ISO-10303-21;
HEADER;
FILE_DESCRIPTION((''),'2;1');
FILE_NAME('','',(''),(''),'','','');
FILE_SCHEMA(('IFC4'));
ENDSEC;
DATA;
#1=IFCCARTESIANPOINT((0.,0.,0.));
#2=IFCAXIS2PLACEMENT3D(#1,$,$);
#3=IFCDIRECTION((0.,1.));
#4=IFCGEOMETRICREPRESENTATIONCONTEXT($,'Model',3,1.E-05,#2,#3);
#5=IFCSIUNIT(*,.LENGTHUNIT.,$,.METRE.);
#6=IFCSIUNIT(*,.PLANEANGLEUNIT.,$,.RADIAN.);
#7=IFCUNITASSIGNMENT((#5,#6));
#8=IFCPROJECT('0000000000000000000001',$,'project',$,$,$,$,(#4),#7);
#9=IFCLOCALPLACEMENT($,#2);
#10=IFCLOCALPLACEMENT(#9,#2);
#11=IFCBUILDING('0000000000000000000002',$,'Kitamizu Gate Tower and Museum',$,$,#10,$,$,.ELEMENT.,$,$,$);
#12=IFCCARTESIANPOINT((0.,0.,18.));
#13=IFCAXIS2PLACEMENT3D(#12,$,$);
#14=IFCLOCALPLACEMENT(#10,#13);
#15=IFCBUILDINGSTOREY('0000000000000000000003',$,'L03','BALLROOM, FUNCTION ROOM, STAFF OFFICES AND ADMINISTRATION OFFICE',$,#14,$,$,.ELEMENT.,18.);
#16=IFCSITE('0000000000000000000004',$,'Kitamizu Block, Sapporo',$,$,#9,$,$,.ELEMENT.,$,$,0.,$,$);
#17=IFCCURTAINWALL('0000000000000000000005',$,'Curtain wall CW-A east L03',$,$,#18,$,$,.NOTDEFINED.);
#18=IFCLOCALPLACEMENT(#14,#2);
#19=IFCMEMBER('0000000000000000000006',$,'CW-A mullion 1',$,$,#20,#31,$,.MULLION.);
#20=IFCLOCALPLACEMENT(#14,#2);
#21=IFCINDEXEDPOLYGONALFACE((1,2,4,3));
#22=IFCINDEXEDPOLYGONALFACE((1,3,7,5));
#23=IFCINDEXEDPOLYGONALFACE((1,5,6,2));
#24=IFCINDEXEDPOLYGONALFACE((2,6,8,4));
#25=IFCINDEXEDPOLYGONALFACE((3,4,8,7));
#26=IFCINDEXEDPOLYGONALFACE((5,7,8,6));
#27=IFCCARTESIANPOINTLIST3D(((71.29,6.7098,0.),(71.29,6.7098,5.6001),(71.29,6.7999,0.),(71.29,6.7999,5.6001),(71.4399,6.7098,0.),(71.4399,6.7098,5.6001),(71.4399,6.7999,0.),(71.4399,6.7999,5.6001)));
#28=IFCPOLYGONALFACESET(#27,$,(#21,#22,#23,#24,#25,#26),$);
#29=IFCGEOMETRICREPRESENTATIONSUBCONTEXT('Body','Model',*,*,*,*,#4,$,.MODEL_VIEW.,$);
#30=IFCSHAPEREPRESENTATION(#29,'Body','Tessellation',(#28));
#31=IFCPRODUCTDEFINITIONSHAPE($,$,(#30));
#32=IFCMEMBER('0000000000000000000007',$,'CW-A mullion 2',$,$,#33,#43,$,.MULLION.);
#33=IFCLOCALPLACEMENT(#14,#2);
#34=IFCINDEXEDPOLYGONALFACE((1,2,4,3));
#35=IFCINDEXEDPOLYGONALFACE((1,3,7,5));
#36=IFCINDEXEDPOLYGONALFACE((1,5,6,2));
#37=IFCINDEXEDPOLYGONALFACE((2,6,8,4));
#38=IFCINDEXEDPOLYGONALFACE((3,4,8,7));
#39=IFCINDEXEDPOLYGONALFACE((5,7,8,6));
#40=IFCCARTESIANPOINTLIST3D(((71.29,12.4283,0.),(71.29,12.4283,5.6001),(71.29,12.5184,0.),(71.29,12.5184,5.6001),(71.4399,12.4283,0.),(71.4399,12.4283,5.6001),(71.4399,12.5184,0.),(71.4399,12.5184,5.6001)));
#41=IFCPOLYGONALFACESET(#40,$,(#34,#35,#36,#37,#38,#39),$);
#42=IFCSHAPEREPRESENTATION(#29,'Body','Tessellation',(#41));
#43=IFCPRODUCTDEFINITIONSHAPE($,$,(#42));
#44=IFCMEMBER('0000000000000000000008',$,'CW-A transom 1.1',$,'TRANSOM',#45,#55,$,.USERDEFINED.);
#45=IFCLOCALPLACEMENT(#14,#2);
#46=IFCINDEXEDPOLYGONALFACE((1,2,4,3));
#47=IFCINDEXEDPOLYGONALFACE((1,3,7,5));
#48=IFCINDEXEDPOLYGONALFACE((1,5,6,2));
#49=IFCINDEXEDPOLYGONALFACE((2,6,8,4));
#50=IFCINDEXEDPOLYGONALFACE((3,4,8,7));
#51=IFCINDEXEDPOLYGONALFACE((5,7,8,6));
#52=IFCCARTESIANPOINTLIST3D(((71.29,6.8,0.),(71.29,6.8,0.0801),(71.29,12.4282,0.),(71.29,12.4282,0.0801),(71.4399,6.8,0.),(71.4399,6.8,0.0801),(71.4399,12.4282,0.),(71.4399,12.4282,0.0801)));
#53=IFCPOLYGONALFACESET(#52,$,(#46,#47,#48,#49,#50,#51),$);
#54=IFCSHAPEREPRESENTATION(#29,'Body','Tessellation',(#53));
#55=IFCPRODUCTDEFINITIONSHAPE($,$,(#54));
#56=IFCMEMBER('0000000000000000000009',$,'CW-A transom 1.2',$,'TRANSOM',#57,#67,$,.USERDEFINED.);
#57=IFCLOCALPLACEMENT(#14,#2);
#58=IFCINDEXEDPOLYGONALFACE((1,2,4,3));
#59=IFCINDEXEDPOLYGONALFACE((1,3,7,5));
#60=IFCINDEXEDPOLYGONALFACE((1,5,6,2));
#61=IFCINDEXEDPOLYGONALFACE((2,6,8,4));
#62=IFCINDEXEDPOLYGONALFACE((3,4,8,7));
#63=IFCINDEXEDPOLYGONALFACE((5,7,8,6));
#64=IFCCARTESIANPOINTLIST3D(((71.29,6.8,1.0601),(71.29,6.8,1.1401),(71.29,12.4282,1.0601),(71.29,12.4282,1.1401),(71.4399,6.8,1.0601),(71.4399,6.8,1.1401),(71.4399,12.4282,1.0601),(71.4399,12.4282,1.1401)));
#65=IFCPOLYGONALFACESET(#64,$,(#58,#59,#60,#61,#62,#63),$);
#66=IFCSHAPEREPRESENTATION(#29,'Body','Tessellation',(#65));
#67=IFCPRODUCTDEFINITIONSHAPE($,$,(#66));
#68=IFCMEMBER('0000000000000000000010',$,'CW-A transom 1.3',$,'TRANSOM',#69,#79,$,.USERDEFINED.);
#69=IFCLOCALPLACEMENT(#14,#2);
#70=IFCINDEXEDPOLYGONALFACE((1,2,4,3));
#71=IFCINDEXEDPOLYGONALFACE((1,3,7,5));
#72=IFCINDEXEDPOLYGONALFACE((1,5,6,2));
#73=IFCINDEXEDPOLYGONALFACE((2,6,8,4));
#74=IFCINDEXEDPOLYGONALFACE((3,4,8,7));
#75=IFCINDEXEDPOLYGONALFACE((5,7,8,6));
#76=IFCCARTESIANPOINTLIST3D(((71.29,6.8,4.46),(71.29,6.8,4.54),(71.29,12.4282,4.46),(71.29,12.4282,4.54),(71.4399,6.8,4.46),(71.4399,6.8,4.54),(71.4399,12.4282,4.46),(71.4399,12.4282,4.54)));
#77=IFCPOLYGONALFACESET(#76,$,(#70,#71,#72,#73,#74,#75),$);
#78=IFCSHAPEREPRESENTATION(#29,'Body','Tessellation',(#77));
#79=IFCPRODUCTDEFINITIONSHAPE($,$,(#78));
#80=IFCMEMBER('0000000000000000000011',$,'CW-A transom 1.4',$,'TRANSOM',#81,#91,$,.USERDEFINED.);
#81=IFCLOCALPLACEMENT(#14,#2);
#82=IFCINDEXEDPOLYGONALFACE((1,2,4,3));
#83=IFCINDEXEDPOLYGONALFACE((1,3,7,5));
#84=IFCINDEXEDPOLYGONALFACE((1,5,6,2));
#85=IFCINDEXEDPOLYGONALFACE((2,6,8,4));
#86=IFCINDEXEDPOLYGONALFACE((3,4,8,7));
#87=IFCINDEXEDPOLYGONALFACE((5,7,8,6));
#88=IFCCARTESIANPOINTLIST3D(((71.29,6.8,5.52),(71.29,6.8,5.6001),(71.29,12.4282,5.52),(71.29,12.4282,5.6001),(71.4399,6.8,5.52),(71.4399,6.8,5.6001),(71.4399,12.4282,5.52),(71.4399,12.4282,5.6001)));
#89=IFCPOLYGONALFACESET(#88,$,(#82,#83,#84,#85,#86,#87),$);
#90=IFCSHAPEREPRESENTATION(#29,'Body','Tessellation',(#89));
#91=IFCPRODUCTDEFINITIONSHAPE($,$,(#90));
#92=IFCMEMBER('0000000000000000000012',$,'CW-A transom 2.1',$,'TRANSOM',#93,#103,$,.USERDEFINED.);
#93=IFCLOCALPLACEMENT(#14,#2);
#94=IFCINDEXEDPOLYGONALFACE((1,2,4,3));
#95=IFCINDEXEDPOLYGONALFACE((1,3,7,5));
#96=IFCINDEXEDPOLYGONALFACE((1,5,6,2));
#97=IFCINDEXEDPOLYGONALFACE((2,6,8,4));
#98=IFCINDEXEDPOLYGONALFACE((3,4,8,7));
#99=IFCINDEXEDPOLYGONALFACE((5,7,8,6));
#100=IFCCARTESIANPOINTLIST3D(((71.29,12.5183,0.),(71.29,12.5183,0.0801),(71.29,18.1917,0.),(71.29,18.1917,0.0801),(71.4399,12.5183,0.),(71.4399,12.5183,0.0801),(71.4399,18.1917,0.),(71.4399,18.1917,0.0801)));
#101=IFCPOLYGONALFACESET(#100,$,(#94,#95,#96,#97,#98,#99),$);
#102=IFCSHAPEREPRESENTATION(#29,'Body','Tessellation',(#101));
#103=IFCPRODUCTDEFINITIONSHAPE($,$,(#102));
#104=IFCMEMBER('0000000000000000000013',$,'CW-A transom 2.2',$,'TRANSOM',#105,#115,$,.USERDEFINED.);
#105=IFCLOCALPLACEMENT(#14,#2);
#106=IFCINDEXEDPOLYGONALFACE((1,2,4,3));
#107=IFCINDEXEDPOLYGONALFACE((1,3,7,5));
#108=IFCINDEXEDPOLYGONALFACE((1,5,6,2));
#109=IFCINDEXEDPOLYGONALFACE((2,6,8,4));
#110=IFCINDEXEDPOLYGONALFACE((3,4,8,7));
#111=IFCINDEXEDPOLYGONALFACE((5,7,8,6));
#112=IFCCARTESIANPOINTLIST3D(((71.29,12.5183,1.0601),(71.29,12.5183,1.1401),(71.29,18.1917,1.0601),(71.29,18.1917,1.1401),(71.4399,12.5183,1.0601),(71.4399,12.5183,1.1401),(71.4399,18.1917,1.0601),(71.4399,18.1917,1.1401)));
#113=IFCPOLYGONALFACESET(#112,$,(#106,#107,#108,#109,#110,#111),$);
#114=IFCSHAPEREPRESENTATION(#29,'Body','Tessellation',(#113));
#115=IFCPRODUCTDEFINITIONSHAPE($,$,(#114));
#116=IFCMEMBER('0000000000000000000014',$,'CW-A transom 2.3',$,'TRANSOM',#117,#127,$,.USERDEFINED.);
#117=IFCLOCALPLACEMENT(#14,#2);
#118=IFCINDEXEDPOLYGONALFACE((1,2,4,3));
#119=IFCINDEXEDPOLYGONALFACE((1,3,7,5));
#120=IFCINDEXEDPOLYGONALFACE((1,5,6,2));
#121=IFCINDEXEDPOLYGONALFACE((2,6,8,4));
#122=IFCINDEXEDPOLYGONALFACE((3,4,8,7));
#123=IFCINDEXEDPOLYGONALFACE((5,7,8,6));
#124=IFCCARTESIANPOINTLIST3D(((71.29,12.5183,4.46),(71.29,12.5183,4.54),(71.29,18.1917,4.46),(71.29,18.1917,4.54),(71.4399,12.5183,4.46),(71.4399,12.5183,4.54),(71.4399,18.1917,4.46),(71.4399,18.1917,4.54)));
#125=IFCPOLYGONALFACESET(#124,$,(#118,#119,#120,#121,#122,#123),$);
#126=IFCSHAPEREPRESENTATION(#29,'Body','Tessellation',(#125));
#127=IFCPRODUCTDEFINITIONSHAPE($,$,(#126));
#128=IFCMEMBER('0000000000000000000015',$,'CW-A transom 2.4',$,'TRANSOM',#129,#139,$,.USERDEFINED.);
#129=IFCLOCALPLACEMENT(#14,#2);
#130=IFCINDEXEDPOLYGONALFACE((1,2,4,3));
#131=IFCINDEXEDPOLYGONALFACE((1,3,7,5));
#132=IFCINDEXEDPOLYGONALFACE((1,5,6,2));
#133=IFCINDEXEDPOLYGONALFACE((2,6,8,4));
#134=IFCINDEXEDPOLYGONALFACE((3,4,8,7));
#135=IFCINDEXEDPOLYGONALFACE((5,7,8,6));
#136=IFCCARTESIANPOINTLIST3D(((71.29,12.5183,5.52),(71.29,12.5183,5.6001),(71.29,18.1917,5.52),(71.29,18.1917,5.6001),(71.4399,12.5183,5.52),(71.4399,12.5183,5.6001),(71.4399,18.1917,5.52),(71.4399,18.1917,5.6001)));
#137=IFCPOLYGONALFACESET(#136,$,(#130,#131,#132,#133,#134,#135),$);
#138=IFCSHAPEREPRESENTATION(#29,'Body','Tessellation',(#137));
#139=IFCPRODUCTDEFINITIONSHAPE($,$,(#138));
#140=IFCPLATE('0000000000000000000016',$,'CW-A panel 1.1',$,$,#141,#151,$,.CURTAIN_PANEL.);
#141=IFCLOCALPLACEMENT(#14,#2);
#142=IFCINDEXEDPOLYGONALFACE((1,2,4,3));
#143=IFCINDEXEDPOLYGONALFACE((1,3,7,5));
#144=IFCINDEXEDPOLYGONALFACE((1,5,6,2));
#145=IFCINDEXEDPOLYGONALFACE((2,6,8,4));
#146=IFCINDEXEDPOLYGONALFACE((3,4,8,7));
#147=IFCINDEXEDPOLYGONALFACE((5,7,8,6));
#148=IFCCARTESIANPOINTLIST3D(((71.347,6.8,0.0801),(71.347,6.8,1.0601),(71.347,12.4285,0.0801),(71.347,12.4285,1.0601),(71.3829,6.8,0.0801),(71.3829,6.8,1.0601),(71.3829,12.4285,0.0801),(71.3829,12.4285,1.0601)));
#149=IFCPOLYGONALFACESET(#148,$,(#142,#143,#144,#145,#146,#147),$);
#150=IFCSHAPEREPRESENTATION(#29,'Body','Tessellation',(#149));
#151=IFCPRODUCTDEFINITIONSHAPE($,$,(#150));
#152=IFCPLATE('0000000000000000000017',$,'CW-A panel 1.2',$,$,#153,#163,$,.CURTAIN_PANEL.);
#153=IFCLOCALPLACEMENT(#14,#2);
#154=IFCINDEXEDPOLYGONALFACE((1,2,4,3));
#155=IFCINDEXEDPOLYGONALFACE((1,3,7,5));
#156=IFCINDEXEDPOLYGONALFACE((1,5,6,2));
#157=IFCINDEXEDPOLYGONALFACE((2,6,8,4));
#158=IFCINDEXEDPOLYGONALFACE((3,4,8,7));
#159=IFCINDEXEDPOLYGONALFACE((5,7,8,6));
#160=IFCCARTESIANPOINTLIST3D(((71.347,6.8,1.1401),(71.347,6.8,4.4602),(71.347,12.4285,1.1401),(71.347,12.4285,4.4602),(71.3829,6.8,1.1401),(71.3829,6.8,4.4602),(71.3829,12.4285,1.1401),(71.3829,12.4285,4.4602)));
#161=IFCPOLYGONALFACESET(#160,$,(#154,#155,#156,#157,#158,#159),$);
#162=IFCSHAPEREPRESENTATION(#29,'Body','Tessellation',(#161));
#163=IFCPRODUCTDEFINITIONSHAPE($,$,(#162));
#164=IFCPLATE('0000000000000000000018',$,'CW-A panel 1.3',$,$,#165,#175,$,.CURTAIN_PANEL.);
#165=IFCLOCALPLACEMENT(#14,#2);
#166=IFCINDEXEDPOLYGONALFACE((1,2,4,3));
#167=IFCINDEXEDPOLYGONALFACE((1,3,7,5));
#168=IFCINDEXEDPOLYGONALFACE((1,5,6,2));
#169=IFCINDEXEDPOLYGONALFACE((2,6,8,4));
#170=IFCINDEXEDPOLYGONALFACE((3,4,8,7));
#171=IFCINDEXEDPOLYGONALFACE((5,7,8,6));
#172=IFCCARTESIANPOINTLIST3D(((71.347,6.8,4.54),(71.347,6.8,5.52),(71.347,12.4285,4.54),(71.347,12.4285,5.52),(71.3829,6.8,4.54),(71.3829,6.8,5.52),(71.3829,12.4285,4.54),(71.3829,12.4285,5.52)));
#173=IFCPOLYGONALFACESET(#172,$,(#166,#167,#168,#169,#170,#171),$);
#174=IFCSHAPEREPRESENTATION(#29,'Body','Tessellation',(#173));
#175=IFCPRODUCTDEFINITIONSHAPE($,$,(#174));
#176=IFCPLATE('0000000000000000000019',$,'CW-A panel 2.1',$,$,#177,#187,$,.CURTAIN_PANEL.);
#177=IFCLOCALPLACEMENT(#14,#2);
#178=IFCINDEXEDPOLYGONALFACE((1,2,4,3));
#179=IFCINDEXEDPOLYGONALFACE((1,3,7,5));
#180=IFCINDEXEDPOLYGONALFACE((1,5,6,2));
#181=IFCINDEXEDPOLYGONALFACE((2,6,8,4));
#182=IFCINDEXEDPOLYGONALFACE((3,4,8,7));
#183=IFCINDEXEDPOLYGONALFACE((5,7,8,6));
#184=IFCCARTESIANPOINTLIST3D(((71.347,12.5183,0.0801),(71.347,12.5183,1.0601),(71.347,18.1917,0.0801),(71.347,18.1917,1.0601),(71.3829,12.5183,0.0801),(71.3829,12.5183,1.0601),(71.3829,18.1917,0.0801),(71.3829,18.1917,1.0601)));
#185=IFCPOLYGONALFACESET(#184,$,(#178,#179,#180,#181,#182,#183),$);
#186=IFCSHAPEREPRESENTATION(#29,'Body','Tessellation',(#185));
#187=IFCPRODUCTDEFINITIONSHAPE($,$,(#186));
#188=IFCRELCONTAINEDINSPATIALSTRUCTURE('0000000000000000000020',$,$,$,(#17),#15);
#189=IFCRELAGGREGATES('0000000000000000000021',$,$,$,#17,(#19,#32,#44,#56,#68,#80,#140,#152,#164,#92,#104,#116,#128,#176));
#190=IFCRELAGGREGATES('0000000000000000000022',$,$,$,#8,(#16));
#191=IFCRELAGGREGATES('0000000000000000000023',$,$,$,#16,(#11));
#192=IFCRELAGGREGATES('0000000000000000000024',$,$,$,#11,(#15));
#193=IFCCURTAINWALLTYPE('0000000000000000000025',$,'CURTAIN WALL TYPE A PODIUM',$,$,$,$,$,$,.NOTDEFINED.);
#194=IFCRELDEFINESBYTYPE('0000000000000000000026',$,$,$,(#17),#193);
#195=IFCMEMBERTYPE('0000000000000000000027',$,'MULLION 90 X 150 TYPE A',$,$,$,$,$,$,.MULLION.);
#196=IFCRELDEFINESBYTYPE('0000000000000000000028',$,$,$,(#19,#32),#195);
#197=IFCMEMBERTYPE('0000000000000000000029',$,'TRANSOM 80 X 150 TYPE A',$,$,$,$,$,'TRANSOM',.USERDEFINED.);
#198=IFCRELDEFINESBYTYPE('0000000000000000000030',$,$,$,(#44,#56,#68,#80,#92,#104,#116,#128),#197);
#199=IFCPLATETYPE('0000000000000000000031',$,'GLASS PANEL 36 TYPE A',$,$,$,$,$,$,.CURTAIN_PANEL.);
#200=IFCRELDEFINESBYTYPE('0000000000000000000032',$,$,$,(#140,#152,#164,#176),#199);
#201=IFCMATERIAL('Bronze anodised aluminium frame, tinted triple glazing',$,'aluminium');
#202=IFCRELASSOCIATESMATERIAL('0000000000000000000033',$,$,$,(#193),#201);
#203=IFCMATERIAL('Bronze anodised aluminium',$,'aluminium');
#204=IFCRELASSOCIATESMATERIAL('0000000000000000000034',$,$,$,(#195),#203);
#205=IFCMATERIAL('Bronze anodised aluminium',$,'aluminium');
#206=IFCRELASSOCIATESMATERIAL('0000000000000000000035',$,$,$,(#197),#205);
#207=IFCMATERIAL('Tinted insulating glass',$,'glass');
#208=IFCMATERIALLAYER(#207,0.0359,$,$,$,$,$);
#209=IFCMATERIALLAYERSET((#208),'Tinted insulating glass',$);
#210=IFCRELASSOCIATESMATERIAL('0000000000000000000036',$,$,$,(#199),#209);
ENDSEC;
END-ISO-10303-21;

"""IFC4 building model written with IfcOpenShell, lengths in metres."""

from ifc_helpers import new_model, si_unit, direction, frame, origin, origin_2d, place, context, subcontext, project, spatial, rectangle, extrude, material, layer, layer_set, material_profile, profile_set, type_object, element, aggregate, save


model = new_model("IFC4")

# Units and contexts
model_context = context("Model", 3, precision=1e-05, world=origin(), true_north=direction((0.0, 1.0)))
body_context = subcontext(model_context, "Body", "Model", "MODEL_VIEW")
ifc_project = project(units=[si_unit("LENGTHUNIT", "METRE"), si_unit("PLANEANGLEUNIT", "RADIAN")], contexts=[model_context])

# Site, building, storey
site_placement = place(None, origin())
site = spatial("IfcSite", under=ifc_project, at=site_placement, Name="Kitamizu Block, Sapporo", CompositionType="ELEMENT", RefElevation=0.0)
building_placement = place(site_placement, origin())
building = spatial("IfcBuilding", under=site, at=building_placement, Name="Kitamizu Gate Tower and Museum", CompositionType="ELEMENT")
storey_placement = place(building_placement, frame((0.0, 0.0, 18.0)))
storey = spatial("IfcBuildingStorey", under=building, at=storey_placement, Name="L03", Description="BALLROOM, FUNCTION ROOM, STAFF OFFICES AND ADMINISTRATION OFFICE", CompositionType="ELEMENT", Elevation=18.0)

# Curtain wall, members, plates
ifc_material_1 = material(Name="Bronze anodised aluminium frame, tinted triple glazing", Category="aluminium")
curtain_wall_type = type_object("IfcCurtainWallType", Name="CURTAIN WALL TYPE A PODIUM", PredefinedType="NOTDEFINED", material=ifc_material_1)
curtain_wall_placement = place(storey_placement, origin())
curtain_wall = element("IfcCurtainWall", 1, at=curtain_wall_placement, inside=storey, type_object=curtain_wall_type, Name="Curtain wall CW-A east L03", PredefinedType="NOTDEFINED")
ifc_material_2 = material(Name="Bronze anodised aluminium", Category="aluminium")
ifc_material_profile_1 = material_profile(ifc_material_2, rectangle(XDim=0.0901, YDim=0.1499, at=origin_2d()), Name="AL 90X150")
ifc_profile_set_1 = profile_set([ifc_material_profile_1], Name="Bronze anodised aluminium")
member_type_1 = type_object("IfcMemberType", Name="MULLION 90 X 150 TYPE A", PredefinedType="MULLION", material=ifc_profile_set_1)
member_1_placement = place(storey_placement, frame((71.365, 6.7549, 0.0), z_axis=(0.0, 0.0, 1.0), x_axis=(0.0, 1.0, 0.0)))
member_1 = element("IfcMember", 2, at=member_1_placement, type_object=member_type_1, Name="CW-A mullion 1", PredefinedType="MULLION", context=body_context, shape_type="SweptSolid", body=[
    extrude(rectangle(XDim=0.0901, YDim=0.1499, at=origin_2d()), origin(), (0.0, 0.0, 1.0), 5.6001),
])
member_2_placement = place(storey_placement, frame((71.365, 12.4734, 0.0), z_axis=(0.0, 0.0, 1.0), x_axis=(0.0, 1.0, 0.0)))
member_2 = element("IfcMember", 3, at=member_2_placement, type_object=member_type_1, Name="CW-A mullion 2", PredefinedType="MULLION", context=body_context, shape_type="SweptSolid", body=[
    extrude(rectangle(XDim=0.0901, YDim=0.1499, at=origin_2d()), origin(), (0.0, 0.0, 1.0), 5.6001),
])
ifc_material_3 = material(Name="Bronze anodised aluminium", Category="aluminium")
ifc_material_profile_2 = material_profile(ifc_material_3, rectangle(XDim=0.1499, YDim=0.0801, at=origin_2d()), Name="AL 80X150")
ifc_profile_set_2 = profile_set([ifc_material_profile_2], Name="Bronze anodised aluminium")
member_type_2 = type_object("IfcMemberType", Name="TRANSOM 80 X 150 TYPE A", ElementType="TRANSOM", PredefinedType="USERDEFINED", material=ifc_profile_set_2)
member_3_placement = place(storey_placement, frame((71.365, 6.8, 0.04), z_axis=(0.0, 1.0, 0.0), x_axis=(-1.0, 0.0, 0.0)))
member_3 = element("IfcMember", 4, at=member_3_placement, type_object=member_type_2, Name="CW-A transom 1.1", ObjectType="TRANSOM", PredefinedType="USERDEFINED", context=body_context, shape_type="SweptSolid", body=[
    extrude(rectangle(XDim=0.1499, YDim=0.0801, at=origin_2d()), origin(), (0.0, 0.0, 1.0), 5.6282),
])
member_4_placement = place(storey_placement, frame((71.365, 6.8, 1.1001), z_axis=(0.0, 1.0, 0.0), x_axis=(-1.0, 0.0, 0.0)))
member_4 = element("IfcMember", 5, at=member_4_placement, type_object=member_type_2, Name="CW-A transom 1.2", ObjectType="TRANSOM", PredefinedType="USERDEFINED", context=body_context, shape_type="SweptSolid", body=[
    extrude(rectangle(XDim=0.1499, YDim=0.0801, at=origin_2d()), origin(), (0.0, 0.0, 1.0), 5.6282),
])
member_5_placement = place(storey_placement, frame((71.365, 6.8, 4.5), z_axis=(0.0, 1.0, 0.0), x_axis=(-1.0, 0.0, 0.0)))
member_5 = element("IfcMember", 6, at=member_5_placement, type_object=member_type_2, Name="CW-A transom 1.3", ObjectType="TRANSOM", PredefinedType="USERDEFINED", context=body_context, shape_type="SweptSolid", body=[
    extrude(rectangle(XDim=0.1499, YDim=0.0801, at=origin_2d()), origin(), (0.0, 0.0, 1.0), 5.6282),
])
member_6_placement = place(storey_placement, frame((71.365, 6.8, 5.5601), z_axis=(0.0, 1.0, 0.0), x_axis=(-1.0, 0.0, 0.0)))
member_6 = element("IfcMember", 7, at=member_6_placement, type_object=member_type_2, Name="CW-A transom 1.4", ObjectType="TRANSOM", PredefinedType="USERDEFINED", context=body_context, shape_type="SweptSolid", body=[
    extrude(rectangle(XDim=0.1499, YDim=0.0801, at=origin_2d()), origin(), (0.0, 0.0, 1.0), 5.6282),
])
member_7_placement = place(storey_placement, frame((71.365, 12.5183, 0.04), z_axis=(0.0, 1.0, 0.0), x_axis=(-1.0, 0.0, 0.0)))
member_7 = element("IfcMember", 8, at=member_7_placement, type_object=member_type_2, Name="CW-A transom 2.1", ObjectType="TRANSOM", PredefinedType="USERDEFINED", context=body_context, shape_type="SweptSolid", body=[
    extrude(rectangle(XDim=0.1499, YDim=0.0801, at=origin_2d()), origin(), (0.0, 0.0, 1.0), 5.6733),
])
member_8_placement = place(storey_placement, frame((71.365, 12.5183, 1.1001), z_axis=(0.0, 1.0, 0.0), x_axis=(-1.0, 0.0, 0.0)))
member_8 = element("IfcMember", 9, at=member_8_placement, type_object=member_type_2, Name="CW-A transom 2.2", ObjectType="TRANSOM", PredefinedType="USERDEFINED", context=body_context, shape_type="SweptSolid", body=[
    extrude(rectangle(XDim=0.1499, YDim=0.0801, at=origin_2d()), origin(), (0.0, 0.0, 1.0), 5.6733),
])
member_9_placement = place(storey_placement, frame((71.365, 12.5183, 4.5), z_axis=(0.0, 1.0, 0.0), x_axis=(-1.0, 0.0, 0.0)))
member_9 = element("IfcMember", 10, at=member_9_placement, type_object=member_type_2, Name="CW-A transom 2.3", ObjectType="TRANSOM", PredefinedType="USERDEFINED", context=body_context, shape_type="SweptSolid", body=[
    extrude(rectangle(XDim=0.1499, YDim=0.0801, at=origin_2d()), origin(), (0.0, 0.0, 1.0), 5.6733),
])
member_10_placement = place(storey_placement, frame((71.365, 12.5183, 5.5601), z_axis=(0.0, 1.0, 0.0), x_axis=(-1.0, 0.0, 0.0)))
member_10 = element("IfcMember", 11, at=member_10_placement, type_object=member_type_2, Name="CW-A transom 2.4", ObjectType="TRANSOM", PredefinedType="USERDEFINED", context=body_context, shape_type="SweptSolid", body=[
    extrude(rectangle(XDim=0.1499, YDim=0.0801, at=origin_2d()), origin(), (0.0, 0.0, 1.0), 5.6733),
])
ifc_material_4 = material(Name="Tinted insulating glass", Category="glass")
ifc_layer_1 = layer(ifc_material_4, 0.0359)
ifc_layer_set_1 = layer_set([ifc_layer_1], Name="Tinted insulating glass")
plate_type = type_object("IfcPlateType", Name="GLASS PANEL 36 TYPE A", PredefinedType="CURTAIN_PANEL", material=ifc_layer_set_1)
plate_1_placement = place(storey_placement, frame((71.365, 9.6143, 0.0801), z_axis=(0.0, 0.0, 1.0), x_axis=(0.0, 1.0, 0.0)))
plate_1 = element("IfcPlate", 12, at=plate_1_placement, type_object=plate_type, Name="CW-A panel 1.1", PredefinedType="CURTAIN_PANEL", context=body_context, shape_type="SweptSolid", body=[
    extrude(rectangle(XDim=5.6284, YDim=0.0359, at=origin_2d()), origin(), (0.0, 0.0, 1.0), 0.98),
])
plate_2_placement = place(storey_placement, frame((71.365, 9.6143, 1.1401), z_axis=(0.0, 0.0, 1.0), x_axis=(0.0, 1.0, 0.0)))
plate_2 = element("IfcPlate", 13, at=plate_2_placement, type_object=plate_type, Name="CW-A panel 1.2", PredefinedType="CURTAIN_PANEL", context=body_context, shape_type="SweptSolid", body=[
    extrude(rectangle(XDim=5.6284, YDim=0.0359, at=origin_2d()), origin(), (0.0, 0.0, 1.0), 3.3201),
])
plate_3_placement = place(storey_placement, frame((71.365, 9.6143, 4.54), z_axis=(0.0, 0.0, 1.0), x_axis=(0.0, 1.0, 0.0)))
plate_3 = element("IfcPlate", 14, at=plate_3_placement, type_object=plate_type, Name="CW-A panel 1.3", PredefinedType="CURTAIN_PANEL", context=body_context, shape_type="SweptSolid", body=[
    extrude(rectangle(XDim=5.6284, YDim=0.0359, at=origin_2d()), origin(), (0.0, 0.0, 1.0), 0.98),
])
plate_4_placement = place(storey_placement, frame((71.365, 15.355, 0.0801), z_axis=(0.0, 0.0, 1.0), x_axis=(0.0, 1.0, 0.0)))
plate_4 = element("IfcPlate", 15, at=plate_4_placement, type_object=plate_type, Name="CW-A panel 2.1", PredefinedType="CURTAIN_PANEL", context=body_context, shape_type="SweptSolid", body=[
    extrude(rectangle(XDim=5.6733, YDim=0.0359, at=origin_2d()), origin(), (0.0, 0.0, 1.0), 0.98),
])
aggregate(curtain_wall, [member_1, member_2, member_3, member_4, member_5, member_6, plate_1, plate_2, plate_3, member_7, member_8, member_9, member_10, plate_4])

save(model, "model.ifc")
